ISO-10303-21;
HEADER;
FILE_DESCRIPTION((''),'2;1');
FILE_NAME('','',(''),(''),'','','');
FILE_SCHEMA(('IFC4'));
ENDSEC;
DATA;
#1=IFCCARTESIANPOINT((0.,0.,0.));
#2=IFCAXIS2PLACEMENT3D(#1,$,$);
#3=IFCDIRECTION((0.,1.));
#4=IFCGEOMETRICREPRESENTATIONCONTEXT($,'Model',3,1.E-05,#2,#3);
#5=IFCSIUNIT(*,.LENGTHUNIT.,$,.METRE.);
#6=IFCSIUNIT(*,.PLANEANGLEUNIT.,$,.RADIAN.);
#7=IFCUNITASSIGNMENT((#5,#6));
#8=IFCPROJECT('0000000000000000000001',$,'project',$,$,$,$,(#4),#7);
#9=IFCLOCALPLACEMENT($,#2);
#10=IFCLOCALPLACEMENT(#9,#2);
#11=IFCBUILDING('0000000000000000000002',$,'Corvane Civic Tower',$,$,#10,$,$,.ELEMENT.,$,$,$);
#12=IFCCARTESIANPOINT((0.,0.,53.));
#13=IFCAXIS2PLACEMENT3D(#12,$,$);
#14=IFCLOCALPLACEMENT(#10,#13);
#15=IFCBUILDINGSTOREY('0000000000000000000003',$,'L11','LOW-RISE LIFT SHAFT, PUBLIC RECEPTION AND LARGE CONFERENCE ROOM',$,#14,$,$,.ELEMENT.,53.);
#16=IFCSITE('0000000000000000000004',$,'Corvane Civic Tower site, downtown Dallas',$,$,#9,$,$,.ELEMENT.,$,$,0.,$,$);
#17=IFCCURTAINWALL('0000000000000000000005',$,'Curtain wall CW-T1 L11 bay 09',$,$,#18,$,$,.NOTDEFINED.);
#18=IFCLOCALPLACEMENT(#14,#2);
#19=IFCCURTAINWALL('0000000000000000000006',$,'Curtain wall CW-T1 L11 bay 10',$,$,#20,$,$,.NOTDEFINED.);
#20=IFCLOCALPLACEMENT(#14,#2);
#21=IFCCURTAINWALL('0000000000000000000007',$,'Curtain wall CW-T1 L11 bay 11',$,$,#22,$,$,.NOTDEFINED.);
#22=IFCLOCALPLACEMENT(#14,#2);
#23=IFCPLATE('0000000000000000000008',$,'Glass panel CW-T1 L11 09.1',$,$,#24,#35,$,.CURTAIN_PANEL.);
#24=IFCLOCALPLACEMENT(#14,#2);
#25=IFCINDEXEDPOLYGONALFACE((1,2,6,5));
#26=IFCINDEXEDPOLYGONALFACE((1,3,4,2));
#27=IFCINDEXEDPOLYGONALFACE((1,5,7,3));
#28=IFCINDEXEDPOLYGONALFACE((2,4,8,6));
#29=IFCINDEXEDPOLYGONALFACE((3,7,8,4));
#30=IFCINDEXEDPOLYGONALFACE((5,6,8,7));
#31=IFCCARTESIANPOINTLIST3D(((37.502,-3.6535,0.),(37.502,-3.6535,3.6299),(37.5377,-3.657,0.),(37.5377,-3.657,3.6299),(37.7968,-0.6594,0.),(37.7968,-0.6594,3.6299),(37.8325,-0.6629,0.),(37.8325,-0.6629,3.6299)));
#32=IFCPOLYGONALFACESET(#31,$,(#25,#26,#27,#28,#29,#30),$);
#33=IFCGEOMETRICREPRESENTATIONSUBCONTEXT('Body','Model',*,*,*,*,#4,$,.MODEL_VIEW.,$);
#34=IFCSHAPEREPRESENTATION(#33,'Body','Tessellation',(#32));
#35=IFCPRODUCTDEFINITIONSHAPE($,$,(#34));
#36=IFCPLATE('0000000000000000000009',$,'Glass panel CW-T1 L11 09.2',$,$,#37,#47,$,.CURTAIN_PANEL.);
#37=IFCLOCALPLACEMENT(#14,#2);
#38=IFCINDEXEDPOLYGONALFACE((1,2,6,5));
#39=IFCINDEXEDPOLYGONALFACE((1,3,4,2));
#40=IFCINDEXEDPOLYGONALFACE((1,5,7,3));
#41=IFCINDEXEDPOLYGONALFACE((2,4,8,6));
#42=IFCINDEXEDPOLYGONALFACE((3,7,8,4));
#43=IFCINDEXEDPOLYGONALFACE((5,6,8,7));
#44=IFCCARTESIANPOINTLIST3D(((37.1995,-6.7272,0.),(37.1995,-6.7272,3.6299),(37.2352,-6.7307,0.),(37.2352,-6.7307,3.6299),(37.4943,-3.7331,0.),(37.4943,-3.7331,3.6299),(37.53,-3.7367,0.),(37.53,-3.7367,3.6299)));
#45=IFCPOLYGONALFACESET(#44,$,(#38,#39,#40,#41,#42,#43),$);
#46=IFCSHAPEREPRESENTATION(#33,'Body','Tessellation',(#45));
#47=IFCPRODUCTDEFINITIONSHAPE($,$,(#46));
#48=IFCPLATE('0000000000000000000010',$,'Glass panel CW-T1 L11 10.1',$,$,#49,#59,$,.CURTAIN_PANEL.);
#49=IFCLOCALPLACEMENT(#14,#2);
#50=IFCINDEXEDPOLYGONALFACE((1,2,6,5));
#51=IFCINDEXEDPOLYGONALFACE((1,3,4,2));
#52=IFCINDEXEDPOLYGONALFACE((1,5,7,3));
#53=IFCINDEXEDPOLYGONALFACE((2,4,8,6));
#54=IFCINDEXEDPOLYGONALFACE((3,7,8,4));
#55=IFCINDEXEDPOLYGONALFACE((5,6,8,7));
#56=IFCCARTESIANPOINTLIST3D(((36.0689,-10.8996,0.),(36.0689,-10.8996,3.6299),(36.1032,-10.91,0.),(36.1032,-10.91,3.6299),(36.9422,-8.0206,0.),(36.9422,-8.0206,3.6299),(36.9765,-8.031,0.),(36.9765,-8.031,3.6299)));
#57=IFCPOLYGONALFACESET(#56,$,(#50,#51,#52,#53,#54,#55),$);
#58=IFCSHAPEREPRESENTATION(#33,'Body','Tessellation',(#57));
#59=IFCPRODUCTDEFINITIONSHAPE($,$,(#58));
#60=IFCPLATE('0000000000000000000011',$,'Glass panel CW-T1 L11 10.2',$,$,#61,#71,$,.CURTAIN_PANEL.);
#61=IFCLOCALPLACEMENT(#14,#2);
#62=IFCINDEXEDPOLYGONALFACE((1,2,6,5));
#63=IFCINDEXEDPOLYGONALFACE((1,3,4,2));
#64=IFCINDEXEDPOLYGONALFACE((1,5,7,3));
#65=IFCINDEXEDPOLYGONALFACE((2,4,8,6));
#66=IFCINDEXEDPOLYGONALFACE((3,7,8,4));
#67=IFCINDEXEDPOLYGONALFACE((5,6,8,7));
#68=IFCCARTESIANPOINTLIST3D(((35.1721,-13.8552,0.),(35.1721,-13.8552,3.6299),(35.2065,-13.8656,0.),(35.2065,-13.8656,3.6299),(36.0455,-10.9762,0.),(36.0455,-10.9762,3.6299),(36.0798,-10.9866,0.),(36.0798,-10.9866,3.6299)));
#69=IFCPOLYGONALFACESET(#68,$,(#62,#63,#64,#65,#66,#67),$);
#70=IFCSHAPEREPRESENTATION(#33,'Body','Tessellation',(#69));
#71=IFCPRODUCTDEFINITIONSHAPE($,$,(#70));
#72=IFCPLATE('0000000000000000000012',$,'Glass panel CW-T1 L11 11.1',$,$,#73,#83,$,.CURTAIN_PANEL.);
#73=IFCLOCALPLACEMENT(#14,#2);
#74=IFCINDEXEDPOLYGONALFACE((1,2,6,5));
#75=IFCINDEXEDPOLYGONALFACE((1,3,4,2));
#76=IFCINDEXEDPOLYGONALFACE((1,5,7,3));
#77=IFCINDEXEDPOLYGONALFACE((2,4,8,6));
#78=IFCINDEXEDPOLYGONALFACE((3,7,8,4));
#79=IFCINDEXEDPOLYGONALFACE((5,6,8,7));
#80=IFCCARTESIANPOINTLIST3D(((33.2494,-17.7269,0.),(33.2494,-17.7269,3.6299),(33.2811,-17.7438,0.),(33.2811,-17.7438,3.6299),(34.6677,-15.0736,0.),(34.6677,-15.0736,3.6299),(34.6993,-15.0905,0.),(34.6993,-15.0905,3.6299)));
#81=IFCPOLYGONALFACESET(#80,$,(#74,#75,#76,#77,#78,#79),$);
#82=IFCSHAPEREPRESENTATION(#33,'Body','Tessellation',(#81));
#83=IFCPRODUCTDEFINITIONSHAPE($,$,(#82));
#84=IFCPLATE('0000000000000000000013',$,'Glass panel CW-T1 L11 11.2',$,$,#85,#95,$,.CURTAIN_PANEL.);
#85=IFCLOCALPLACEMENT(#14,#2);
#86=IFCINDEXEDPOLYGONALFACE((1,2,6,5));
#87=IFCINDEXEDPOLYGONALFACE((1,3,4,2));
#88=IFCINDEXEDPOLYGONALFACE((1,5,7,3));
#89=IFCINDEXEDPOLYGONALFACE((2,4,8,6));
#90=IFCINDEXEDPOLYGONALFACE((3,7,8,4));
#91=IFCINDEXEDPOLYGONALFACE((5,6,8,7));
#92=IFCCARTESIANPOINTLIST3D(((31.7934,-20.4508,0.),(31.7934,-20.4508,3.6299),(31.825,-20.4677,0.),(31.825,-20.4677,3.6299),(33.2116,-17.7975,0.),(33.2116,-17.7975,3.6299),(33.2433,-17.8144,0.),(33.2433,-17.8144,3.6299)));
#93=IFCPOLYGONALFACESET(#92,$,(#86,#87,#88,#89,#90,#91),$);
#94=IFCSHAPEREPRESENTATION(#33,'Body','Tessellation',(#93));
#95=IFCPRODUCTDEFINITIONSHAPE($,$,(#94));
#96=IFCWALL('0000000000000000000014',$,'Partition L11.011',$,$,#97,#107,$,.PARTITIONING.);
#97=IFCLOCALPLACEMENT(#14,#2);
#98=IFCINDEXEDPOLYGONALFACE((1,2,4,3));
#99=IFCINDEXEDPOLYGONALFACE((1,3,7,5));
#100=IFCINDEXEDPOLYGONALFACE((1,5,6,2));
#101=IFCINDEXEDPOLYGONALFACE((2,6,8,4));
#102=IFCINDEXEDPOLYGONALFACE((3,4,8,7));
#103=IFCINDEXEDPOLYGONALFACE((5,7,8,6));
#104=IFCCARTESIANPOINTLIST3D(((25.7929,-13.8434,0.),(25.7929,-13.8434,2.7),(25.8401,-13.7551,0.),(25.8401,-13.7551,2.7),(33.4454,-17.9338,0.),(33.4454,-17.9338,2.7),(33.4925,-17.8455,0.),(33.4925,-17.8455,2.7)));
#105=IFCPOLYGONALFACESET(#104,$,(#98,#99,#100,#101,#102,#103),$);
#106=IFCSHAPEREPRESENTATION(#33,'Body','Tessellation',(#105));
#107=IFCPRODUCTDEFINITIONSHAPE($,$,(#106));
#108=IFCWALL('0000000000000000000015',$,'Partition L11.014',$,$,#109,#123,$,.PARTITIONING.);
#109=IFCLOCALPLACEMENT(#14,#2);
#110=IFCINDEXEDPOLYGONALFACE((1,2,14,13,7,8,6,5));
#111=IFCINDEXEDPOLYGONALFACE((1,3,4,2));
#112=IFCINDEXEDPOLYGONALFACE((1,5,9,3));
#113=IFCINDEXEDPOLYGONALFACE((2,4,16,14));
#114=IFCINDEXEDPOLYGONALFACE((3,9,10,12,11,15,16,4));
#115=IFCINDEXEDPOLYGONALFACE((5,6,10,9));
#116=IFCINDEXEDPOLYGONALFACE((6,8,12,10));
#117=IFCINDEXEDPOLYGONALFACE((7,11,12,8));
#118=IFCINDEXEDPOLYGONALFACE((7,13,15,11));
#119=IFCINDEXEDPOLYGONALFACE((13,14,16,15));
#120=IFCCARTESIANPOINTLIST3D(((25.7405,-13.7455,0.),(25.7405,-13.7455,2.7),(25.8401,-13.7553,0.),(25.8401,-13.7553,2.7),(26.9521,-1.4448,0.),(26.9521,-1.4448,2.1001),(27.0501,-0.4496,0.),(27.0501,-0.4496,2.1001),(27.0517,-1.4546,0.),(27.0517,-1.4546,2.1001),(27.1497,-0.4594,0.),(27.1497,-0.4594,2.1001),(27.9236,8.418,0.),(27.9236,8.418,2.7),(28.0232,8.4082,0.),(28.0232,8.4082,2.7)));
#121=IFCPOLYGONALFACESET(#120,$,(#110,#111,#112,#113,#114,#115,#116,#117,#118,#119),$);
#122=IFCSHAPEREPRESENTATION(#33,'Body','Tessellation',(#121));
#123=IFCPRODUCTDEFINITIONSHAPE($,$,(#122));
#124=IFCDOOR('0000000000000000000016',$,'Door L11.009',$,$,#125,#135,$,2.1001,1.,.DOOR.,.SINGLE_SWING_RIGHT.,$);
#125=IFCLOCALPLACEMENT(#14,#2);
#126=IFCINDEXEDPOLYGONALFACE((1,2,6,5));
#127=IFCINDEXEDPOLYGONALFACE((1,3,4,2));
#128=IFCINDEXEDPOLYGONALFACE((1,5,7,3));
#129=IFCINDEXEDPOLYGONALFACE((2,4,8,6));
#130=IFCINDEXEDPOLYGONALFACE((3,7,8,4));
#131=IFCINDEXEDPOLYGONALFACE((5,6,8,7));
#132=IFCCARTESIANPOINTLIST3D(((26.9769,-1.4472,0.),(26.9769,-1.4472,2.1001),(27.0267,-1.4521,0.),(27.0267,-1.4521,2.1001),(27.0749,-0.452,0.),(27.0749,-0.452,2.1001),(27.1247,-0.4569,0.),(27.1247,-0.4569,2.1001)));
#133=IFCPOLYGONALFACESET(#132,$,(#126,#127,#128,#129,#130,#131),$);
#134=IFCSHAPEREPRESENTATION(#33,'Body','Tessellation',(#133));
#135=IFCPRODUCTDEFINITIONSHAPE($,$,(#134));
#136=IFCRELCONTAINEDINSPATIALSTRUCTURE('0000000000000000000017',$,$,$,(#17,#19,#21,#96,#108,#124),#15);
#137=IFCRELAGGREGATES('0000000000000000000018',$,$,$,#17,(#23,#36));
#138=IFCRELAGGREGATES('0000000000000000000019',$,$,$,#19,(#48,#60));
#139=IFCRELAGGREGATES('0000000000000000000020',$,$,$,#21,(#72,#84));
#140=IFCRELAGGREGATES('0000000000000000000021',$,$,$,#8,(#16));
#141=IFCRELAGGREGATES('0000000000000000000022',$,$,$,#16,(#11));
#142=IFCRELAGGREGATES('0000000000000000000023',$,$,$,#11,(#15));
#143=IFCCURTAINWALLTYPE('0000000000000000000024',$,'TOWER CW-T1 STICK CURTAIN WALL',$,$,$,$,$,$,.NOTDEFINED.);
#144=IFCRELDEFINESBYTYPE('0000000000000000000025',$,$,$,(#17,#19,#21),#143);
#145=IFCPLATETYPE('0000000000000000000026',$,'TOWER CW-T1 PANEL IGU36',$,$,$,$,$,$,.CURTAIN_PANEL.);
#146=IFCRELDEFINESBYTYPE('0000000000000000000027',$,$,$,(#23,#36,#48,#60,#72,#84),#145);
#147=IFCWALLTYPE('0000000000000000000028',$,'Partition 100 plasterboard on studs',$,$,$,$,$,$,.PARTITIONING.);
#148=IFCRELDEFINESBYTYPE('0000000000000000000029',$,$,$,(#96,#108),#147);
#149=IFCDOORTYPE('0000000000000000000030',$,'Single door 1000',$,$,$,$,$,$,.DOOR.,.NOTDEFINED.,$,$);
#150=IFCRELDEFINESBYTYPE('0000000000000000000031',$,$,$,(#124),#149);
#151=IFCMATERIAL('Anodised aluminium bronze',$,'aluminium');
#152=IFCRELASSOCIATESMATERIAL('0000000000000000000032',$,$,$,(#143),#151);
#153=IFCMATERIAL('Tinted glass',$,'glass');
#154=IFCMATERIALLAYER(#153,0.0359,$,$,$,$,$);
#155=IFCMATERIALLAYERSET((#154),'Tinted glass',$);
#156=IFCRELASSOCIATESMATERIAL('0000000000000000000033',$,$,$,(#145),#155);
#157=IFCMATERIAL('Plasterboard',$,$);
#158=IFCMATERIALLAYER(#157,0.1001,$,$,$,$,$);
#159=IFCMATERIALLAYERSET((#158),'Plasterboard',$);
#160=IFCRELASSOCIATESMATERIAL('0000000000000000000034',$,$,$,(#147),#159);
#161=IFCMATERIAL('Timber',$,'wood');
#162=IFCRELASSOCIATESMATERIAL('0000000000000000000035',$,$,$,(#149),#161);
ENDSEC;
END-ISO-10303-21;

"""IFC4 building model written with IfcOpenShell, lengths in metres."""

from ifc_helpers import new_model, si_unit, direction, frame, frame_2d, origin, origin_2d, place, context, subcontext, project, spatial, rectangle, extrude, material, layer, layer_set, type_object, element, fill, aggregate, save


model = new_model("IFC4")

# Units and contexts
model_context = context("Model", 3, precision=1e-05, world=origin(), true_north=direction((0.0, 1.0)))
body_context = subcontext(model_context, "Body", "Model", "MODEL_VIEW")
ifc_project = project(units=[si_unit("LENGTHUNIT", "METRE"), si_unit("PLANEANGLEUNIT", "RADIAN")], contexts=[model_context])

# Site, building, storey
site_placement = place(None, origin())
site = spatial("IfcSite", under=ifc_project, at=site_placement, Name="Corvane Civic Tower site, downtown Dallas", CompositionType="ELEMENT", RefElevation=0.0)
building_placement = place(site_placement, origin())
building = spatial("IfcBuilding", under=site, at=building_placement, Name="Corvane Civic Tower", CompositionType="ELEMENT")
storey_placement = place(building_placement, frame((0.0, 0.0, 53.0)))
storey = spatial("IfcBuildingStorey", under=building, at=storey_placement, Name="L11", Description="LOW-RISE LIFT SHAFT, PUBLIC RECEPTION AND LARGE CONFERENCE ROOM", CompositionType="ELEMENT", Elevation=53.0)

# Curtain walls
ifc_material_1 = material(Name="Anodised aluminium bronze", Category="aluminium")
curtain_wall_type = type_object("IfcCurtainWallType", Name="TOWER CW-T1 STICK CURTAIN WALL", PredefinedType="NOTDEFINED", material=ifc_material_1)
curtain_wall_1_placement = place(storey_placement, origin())
curtain_wall_1 = element("IfcCurtainWall", 1, at=curtain_wall_1_placement, inside=storey, type_object=curtain_wall_type, Name="Curtain wall CW-T1 L11 bay 09", PredefinedType="NOTDEFINED")
curtain_wall_2_placement = place(storey_placement, origin())
curtain_wall_2 = element("IfcCurtainWall", 2, at=curtain_wall_2_placement, inside=storey, type_object=curtain_wall_type, Name="Curtain wall CW-T1 L11 bay 10", PredefinedType="NOTDEFINED")
curtain_wall_3_placement = place(storey_placement, origin())
curtain_wall_3 = element("IfcCurtainWall", 3, at=curtain_wall_3_placement, inside=storey, type_object=curtain_wall_type, Name="Curtain wall CW-T1 L11 bay 11", PredefinedType="NOTDEFINED")

# Plates
ifc_material_2 = material(Name="Tinted glass", Category="glass")
ifc_layer_1 = layer(ifc_material_2, 0.0359)
ifc_layer_set_1 = layer_set([ifc_layer_1], Name="Tinted glass")
plate_type = type_object("IfcPlateType", Name="TOWER CW-T1 PANEL IGU36", PredefinedType="CURTAIN_PANEL", material=ifc_layer_set_1)
plate_1_placement = place(storey_placement, frame((37.6672, -2.1582, 0.0), z_axis=(0.0, 0.0, 1.0), x_axis=(-0.098006, -0.995186, 0.0)))
plate_1 = element("IfcPlate", 4, at=plate_1_placement, type_object=plate_type, Name="Glass panel CW-T1 L11 09.1", PredefinedType="CURTAIN_PANEL", context=body_context, shape_type="SweptSolid", body=[
    extrude(rectangle(XDim=3.0085, YDim=0.0359, at=origin_2d()), origin(), (0.0, 0.0, 1.0), 3.6299),
])
plate_2_placement = place(storey_placement, frame((37.3647, -5.2319, 0.0), z_axis=(0.0, 0.0, 1.0), x_axis=(-0.098006, -0.995186, 0.0)))
plate_2 = element("IfcPlate", 5, at=plate_2_placement, type_object=plate_type, Name="Glass panel CW-T1 L11 09.2", PredefinedType="CURTAIN_PANEL", context=body_context, shape_type="SweptSolid", body=[
    extrude(rectangle(XDim=3.0085, YDim=0.0359, at=origin_2d()), origin(), (0.0, 0.0, 1.0), 3.6299),
])
aggregate(curtain_wall_1, [plate_1, plate_2])
plate_3_placement = place(storey_placement, frame((36.5227, -9.4653, 0.0), z_axis=(0.0, 0.0, 1.0), x_axis=(-0.290278, -0.956942, 0.0)))
plate_3 = element("IfcPlate", 6, at=plate_3_placement, type_object=plate_type, Name="Glass panel CW-T1 L11 10.1", PredefinedType="CURTAIN_PANEL", context=body_context, shape_type="SweptSolid", body=[
    extrude(rectangle(XDim=3.0085, YDim=0.0359, at=origin_2d()), origin(), (0.0, 0.0, 1.0), 3.6299),
])
plate_4_placement = place(storey_placement, frame((35.626, -12.4209, 0.0), z_axis=(0.0, 0.0, 1.0), x_axis=(-0.290278, -0.956942, 0.0)))
plate_4 = element("IfcPlate", 7, at=plate_4_placement, type_object=plate_type, Name="Glass panel CW-T1 L11 10.2", PredefinedType="CURTAIN_PANEL", context=body_context, shape_type="SweptSolid", body=[
    extrude(rectangle(XDim=3.0085, YDim=0.0359, at=origin_2d()), origin(), (0.0, 0.0, 1.0), 3.6299),
])
aggregate(curtain_wall_2, [plate_3, plate_4])
plate_5_placement = place(storey_placement, frame((33.9744, -16.4087, 0.0), z_axis=(0.0, 0.0, 1.0), x_axis=(-0.471404, -0.881918, 0.0)))
plate_5 = element("IfcPlate", 8, at=plate_5_placement, type_object=plate_type, Name="Glass panel CW-T1 L11 11.1", PredefinedType="CURTAIN_PANEL", context=body_context, shape_type="SweptSolid", body=[
    extrude(rectangle(XDim=3.0085, YDim=0.0359, at=origin_2d()), origin(), (0.0, 0.0, 1.0), 3.6299),
])
plate_6_placement = place(storey_placement, frame((32.5183, -19.1326, 0.0), z_axis=(0.0, 0.0, 1.0), x_axis=(-0.471404, -0.881918, 0.0)))
plate_6 = element("IfcPlate", 9, at=plate_6_placement, type_object=plate_type, Name="Glass panel CW-T1 L11 11.2", PredefinedType="CURTAIN_PANEL", context=body_context, shape_type="SweptSolid", body=[
    extrude(rectangle(XDim=3.0085, YDim=0.0359, at=origin_2d()), origin(), (0.0, 0.0, 1.0), 3.6299),
])
aggregate(curtain_wall_3, [plate_5, plate_6])

# Wall
ifc_material_3 = material(Name="Plasterboard")
ifc_layer_2 = layer(ifc_material_3, 0.1001)
ifc_layer_set_2 = layer_set([ifc_layer_2], Name="Plasterboard")
wall_type_1 = type_object("IfcWallType", Name="Partition 100 plasterboard on studs", PredefinedType="PARTITIONING", material=ifc_layer_set_2)
wall_1_placement = place(storey_placement, frame((25.8167, -13.7993, 0.0), z_axis=(0.0, 0.0, 1.0), x_axis=(0.881918, -0.471403, 0.0)))
element("IfcWall", 10, at=wall_1_placement, inside=storey, type_object=wall_type_1, Name="Partition L11.011", PredefinedType="PARTITIONING", context=body_context, shape_type="SweptSolid", body=[
    extrude(rectangle(XDim=8.677, YDim=0.1001, at=frame_2d((4.3384, 0.0))), origin(), (0.0, 0.0, 1.0), 2.7),
])

# Wall, opening, door
wall_2_placement = place(storey_placement, frame((25.7903, -13.7502, 0.0), z_axis=(0.0, 0.0, 1.0), x_axis=(0.098025, 0.995184, 0.0)))
wall_2 = element("IfcWall", 11, at=wall_2_placement, inside=storey, type_object=wall_type_1, Name="Partition L11.014", PredefinedType="PARTITIONING", context=body_context, shape_type="SweptSolid", body=[
    extrude(rectangle(XDim=22.2708, YDim=0.1001, at=frame_2d((11.1353, 0.0))), origin(), (0.0, 0.0, 1.0), 2.7),
])
opening_1_placement = place(wall_2_placement, frame((12.3601, 0.0, 0.0)))
opening_1 = element("IfcOpeningElement", 12, at=opening_1_placement, cuts=wall_2, PredefinedType="OPENING", context=body_context, shape_type="SweptSolid", body=[
    extrude(rectangle(XDim=1.0, YDim=2.1001, at=frame_2d((0.5, 1.05))), frame((0.0, 0.0601, 0.0), z_axis=(0.0, -1.0, 0.0), x_axis=(1.0, 0.0, 0.0)), (0.0, 0.0, 1.0), 0.1201),
])
ifc_material_4 = material(Name="Timber", Category="wood")
door_type_1 = type_object("IfcDoorType", Name="Single door 1000", OperationType="NOTDEFINED", PredefinedType="DOOR", material=ifc_material_4)
door_1_placement = place(opening_1_placement, frame((1.0, 0.0, 0.0), z_axis=(0.0, 0.0, 1.0), x_axis=(-1.0, 0.0, 0.0)))
door_1 = element("IfcDoor", 13, at=door_1_placement, inside=storey, type_object=door_type_1, Name="Door L11.009", OperationType="SINGLE_SWING_RIGHT", OverallHeight=2.1001, OverallWidth=1.0, PredefinedType="DOOR", context=body_context, shape_type="SweptSolid", body=[
    extrude(rectangle(XDim=1.0, YDim=2.1001, at=frame_2d((0.5, 1.05))), frame((0.0, 0.0249, 0.0), z_axis=(0.0, -1.0, 0.0), x_axis=(1.0, 0.0, 0.0)), (0.0, 0.0, 1.0), 0.05),
])
fill(opening_1, door_1)

save(model, "model.ifc")
